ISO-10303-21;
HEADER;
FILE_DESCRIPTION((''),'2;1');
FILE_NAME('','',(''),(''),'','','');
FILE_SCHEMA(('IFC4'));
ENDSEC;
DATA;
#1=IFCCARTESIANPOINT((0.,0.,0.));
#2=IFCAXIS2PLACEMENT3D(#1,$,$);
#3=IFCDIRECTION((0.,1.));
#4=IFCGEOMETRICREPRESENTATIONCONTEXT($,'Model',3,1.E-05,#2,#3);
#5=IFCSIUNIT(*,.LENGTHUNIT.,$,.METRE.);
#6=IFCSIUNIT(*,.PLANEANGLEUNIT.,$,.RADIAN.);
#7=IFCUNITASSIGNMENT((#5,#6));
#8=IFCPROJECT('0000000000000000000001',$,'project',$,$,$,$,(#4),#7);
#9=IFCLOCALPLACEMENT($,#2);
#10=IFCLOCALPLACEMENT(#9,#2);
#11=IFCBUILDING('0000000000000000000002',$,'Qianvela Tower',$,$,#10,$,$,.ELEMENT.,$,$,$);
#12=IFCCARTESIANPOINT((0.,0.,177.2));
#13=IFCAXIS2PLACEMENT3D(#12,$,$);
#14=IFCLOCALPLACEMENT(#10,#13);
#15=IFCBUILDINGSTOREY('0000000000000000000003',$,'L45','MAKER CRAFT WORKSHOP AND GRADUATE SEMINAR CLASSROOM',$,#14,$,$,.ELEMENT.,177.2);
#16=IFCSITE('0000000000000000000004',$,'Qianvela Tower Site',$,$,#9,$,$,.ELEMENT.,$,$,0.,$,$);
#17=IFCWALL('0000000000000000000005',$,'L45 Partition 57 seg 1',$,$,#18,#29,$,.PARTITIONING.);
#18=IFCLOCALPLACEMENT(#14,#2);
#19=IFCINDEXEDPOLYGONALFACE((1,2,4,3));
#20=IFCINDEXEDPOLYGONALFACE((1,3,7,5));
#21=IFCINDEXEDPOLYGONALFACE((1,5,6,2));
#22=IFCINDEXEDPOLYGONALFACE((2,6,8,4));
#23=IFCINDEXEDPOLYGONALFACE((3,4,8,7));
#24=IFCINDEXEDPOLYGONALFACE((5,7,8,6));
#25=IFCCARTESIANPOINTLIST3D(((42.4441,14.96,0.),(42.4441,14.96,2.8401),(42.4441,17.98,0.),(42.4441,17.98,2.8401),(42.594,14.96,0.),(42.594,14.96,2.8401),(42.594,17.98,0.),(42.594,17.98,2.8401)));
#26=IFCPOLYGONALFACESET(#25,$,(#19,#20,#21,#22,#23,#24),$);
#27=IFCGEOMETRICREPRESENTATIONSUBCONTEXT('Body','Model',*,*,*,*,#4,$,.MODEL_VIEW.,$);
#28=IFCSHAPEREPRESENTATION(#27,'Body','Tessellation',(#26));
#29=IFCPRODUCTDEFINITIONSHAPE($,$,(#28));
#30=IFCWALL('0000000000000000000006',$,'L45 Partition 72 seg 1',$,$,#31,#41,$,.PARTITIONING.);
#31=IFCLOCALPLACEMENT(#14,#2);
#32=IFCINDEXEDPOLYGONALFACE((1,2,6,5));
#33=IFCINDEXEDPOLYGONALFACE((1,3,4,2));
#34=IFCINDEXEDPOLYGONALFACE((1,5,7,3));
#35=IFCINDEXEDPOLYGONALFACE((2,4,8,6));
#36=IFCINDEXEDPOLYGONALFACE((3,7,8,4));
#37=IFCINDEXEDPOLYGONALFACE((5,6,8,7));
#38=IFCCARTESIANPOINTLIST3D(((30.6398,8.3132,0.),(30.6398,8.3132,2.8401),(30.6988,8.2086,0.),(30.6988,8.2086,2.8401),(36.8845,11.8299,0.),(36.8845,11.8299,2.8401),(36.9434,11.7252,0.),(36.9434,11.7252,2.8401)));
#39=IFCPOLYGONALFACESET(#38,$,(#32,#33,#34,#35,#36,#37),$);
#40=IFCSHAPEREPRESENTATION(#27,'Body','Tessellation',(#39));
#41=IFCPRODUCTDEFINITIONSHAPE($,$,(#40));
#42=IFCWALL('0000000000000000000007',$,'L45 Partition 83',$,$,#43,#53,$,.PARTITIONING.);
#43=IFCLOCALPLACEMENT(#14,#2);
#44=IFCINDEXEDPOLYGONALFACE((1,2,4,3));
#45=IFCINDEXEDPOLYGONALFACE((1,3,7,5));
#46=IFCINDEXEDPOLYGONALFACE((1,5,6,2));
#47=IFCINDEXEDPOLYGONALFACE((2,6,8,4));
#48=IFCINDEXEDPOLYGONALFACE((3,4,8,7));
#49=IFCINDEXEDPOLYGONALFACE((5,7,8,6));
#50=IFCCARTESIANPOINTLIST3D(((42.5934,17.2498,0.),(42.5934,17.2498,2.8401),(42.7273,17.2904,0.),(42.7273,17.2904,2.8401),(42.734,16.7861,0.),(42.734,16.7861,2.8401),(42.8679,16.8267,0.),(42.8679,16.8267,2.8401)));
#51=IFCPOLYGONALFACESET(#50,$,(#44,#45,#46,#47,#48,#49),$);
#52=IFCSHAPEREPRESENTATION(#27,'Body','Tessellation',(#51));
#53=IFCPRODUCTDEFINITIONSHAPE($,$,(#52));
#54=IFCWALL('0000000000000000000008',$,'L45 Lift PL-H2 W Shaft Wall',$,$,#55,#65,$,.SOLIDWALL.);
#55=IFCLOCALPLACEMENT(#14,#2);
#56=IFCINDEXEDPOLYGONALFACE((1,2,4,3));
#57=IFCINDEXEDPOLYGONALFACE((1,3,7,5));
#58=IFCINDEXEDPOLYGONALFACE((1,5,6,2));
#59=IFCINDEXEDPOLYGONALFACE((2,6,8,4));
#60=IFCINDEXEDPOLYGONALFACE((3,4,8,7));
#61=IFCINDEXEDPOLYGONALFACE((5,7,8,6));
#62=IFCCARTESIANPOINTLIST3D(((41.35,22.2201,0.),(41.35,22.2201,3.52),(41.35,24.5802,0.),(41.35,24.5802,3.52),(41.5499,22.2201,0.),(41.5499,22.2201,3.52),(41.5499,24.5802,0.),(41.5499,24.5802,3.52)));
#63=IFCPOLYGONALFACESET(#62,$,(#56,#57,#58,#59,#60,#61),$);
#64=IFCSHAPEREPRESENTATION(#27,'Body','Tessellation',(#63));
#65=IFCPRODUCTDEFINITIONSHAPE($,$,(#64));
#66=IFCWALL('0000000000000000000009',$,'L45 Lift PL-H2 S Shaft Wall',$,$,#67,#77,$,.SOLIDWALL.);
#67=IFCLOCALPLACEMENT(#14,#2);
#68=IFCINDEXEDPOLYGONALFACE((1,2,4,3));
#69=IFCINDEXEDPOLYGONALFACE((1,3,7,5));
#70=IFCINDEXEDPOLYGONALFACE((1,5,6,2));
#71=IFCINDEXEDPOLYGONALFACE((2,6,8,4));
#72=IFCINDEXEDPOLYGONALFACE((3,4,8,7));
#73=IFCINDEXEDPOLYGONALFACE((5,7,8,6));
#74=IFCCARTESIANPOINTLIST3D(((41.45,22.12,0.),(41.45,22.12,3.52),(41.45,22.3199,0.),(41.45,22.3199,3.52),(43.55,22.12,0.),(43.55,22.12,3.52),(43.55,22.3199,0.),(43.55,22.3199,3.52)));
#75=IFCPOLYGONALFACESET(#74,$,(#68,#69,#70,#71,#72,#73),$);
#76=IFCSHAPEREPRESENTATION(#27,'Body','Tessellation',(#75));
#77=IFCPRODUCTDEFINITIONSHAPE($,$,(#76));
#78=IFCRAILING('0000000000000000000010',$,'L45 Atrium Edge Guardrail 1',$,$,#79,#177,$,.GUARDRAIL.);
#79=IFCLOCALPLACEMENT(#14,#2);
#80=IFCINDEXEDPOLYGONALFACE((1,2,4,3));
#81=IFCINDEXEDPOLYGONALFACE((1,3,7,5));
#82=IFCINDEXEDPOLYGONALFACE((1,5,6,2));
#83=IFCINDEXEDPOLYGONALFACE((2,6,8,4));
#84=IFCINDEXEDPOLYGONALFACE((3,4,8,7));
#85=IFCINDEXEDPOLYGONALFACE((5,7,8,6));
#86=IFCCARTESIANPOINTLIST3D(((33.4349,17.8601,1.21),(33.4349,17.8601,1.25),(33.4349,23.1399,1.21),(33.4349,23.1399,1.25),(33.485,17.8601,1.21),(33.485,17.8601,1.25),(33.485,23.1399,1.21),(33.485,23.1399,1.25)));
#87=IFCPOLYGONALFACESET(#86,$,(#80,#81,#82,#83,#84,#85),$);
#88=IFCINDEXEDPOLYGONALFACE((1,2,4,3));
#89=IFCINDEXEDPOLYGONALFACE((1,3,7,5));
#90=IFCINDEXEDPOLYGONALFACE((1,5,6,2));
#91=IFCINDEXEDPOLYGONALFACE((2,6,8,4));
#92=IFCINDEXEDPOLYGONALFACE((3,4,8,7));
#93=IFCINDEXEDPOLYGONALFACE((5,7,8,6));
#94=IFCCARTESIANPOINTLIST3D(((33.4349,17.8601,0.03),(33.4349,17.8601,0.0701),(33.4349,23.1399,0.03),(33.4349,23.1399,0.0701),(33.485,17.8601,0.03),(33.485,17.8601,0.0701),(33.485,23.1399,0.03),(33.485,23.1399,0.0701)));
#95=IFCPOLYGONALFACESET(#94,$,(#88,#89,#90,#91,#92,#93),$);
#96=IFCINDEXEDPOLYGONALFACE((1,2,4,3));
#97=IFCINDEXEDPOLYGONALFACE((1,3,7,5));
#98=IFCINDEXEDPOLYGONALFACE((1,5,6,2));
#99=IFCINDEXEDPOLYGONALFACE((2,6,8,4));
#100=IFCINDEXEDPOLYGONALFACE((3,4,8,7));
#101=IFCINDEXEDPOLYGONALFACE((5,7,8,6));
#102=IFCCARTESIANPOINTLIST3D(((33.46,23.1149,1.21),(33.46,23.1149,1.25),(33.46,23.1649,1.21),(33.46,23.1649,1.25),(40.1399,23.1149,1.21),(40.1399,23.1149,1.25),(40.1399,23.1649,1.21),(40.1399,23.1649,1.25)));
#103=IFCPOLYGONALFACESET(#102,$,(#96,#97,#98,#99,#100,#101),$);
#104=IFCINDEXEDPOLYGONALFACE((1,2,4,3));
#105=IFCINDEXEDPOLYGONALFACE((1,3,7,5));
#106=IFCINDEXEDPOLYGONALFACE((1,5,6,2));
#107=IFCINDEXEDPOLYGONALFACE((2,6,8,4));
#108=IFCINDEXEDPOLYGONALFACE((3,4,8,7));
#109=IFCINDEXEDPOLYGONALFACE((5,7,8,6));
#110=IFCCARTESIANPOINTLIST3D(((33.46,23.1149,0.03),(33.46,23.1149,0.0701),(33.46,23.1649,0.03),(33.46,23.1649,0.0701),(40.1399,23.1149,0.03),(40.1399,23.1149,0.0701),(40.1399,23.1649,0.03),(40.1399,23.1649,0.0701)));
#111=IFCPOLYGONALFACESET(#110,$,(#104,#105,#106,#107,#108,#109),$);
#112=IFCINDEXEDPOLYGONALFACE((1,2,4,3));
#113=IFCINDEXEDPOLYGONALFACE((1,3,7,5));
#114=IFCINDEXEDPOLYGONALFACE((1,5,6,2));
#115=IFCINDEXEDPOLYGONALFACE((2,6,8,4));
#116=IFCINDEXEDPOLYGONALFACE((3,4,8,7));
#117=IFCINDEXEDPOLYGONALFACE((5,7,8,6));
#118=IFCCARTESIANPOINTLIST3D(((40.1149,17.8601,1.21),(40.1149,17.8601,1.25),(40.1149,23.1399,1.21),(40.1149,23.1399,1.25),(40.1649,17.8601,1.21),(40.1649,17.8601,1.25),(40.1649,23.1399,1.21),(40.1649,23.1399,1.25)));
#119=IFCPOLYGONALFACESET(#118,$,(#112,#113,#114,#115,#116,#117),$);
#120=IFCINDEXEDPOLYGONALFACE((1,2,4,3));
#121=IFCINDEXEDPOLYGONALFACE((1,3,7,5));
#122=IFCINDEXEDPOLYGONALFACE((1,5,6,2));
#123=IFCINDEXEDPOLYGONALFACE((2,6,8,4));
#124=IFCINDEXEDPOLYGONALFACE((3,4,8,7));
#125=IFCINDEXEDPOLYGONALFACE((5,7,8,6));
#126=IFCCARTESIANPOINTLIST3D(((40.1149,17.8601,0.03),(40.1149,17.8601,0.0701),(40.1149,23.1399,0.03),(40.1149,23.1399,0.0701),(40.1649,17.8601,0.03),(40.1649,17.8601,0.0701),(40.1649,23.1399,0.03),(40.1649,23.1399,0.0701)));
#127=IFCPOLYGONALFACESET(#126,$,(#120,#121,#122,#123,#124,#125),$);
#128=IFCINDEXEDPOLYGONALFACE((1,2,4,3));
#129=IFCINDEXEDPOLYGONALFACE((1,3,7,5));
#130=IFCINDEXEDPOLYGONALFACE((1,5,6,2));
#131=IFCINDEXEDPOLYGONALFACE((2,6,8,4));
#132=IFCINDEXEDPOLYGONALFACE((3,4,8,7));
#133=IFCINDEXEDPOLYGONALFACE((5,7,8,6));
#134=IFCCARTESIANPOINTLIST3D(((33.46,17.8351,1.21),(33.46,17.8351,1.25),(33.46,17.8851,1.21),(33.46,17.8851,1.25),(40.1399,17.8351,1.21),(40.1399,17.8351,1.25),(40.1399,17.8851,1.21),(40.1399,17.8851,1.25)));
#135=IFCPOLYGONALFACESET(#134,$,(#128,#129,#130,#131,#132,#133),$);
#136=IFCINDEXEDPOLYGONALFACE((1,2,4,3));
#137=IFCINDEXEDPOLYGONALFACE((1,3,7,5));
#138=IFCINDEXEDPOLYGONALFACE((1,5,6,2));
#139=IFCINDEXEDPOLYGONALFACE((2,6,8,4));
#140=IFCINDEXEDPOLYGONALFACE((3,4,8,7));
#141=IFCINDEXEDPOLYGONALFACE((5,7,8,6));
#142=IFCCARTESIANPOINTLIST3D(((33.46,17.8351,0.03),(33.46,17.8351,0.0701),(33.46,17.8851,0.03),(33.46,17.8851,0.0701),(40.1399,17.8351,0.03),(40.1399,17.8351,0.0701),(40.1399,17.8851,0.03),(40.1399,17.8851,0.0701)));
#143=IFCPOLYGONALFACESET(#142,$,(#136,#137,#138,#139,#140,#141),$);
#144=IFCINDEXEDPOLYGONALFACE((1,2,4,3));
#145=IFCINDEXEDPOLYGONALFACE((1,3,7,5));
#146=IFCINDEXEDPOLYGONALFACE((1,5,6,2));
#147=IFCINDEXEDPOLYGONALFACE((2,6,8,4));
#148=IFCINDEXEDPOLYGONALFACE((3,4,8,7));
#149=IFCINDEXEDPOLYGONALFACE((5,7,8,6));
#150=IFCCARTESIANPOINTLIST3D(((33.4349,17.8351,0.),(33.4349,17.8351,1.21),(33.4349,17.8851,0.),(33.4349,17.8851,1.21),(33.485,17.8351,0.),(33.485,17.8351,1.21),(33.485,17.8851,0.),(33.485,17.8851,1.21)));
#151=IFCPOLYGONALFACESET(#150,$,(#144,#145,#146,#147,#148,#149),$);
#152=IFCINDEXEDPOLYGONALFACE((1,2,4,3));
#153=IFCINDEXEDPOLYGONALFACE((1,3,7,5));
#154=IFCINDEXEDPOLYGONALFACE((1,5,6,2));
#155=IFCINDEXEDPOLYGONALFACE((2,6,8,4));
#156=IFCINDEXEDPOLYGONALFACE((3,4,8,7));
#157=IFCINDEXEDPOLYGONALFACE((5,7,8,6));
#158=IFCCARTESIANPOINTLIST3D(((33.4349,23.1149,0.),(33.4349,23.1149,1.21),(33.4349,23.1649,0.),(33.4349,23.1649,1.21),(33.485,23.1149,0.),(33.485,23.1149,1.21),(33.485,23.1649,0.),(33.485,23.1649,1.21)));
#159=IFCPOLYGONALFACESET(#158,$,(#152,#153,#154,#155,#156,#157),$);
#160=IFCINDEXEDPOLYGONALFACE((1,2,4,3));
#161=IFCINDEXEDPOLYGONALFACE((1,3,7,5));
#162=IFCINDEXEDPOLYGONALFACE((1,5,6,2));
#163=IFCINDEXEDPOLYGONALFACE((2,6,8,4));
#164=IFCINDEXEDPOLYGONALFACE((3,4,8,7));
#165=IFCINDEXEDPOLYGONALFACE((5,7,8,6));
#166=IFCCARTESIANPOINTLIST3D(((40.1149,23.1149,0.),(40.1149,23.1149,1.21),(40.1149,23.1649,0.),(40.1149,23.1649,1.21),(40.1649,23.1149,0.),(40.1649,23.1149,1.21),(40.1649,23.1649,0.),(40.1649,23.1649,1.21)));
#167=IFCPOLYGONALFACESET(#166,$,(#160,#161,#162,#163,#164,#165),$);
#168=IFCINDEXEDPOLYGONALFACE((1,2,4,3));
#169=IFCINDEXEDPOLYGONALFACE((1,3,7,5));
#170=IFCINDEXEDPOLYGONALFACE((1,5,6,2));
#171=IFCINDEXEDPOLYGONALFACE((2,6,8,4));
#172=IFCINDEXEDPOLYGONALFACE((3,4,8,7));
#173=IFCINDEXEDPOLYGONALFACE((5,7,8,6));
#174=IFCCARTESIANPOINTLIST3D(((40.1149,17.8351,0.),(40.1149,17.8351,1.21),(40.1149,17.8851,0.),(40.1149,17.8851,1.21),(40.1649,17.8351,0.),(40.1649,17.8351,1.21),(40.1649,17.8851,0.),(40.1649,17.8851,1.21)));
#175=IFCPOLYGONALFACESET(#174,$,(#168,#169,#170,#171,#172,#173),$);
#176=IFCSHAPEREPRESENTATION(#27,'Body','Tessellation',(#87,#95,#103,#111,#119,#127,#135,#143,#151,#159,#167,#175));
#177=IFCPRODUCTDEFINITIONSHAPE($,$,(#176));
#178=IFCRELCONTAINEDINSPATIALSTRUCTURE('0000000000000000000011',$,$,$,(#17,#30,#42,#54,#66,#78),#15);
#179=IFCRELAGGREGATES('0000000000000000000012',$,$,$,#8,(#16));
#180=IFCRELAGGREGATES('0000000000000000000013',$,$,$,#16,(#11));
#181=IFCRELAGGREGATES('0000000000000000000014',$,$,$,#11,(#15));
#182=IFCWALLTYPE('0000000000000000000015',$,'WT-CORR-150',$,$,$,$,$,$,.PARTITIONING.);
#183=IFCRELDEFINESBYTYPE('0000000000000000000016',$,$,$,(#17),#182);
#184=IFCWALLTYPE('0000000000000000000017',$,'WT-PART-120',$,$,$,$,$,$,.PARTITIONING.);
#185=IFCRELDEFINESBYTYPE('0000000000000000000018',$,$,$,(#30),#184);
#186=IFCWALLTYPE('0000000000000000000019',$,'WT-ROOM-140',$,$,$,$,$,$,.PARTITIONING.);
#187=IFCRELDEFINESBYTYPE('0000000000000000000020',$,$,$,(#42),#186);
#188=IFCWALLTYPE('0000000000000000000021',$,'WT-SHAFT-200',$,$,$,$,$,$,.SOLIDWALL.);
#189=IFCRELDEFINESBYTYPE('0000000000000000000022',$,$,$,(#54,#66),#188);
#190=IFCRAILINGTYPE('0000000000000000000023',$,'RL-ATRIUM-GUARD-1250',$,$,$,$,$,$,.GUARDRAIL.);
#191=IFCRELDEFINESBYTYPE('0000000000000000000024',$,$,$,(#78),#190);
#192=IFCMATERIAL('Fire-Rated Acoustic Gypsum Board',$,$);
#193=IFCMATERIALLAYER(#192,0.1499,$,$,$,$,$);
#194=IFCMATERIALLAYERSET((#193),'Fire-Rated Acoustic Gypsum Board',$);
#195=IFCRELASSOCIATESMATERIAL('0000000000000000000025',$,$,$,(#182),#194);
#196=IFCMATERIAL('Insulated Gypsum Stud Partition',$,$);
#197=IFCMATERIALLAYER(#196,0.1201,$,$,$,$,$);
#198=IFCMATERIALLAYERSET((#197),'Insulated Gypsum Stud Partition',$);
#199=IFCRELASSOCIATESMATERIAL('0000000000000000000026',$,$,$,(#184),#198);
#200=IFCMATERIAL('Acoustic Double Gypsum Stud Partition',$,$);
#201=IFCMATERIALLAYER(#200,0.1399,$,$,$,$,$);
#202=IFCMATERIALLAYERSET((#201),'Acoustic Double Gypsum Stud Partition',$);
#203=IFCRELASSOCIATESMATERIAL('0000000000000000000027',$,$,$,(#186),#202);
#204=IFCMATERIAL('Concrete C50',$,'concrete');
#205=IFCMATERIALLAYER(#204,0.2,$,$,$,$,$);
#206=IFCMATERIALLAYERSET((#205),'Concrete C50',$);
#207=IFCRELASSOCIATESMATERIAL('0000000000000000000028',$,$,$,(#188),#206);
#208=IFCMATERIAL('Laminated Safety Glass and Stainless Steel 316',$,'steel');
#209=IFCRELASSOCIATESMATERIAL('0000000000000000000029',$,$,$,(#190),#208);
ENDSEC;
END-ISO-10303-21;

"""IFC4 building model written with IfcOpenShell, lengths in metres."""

from ifc_helpers import new_model, si_unit, direction, frame, frame_2d, origin, origin_2d, place, context, subcontext, project, spatial, rectangle, extrude, material, layer, layer_set, type_object, element, save


model = new_model("IFC4")

# Units and contexts
model_context = context("Model", 3, precision=1e-05, world=origin(), true_north=direction((0.0, 1.0)))
body_context = subcontext(model_context, "Body", "Model", "MODEL_VIEW")
ifc_project = project(units=[si_unit("LENGTHUNIT", "METRE"), si_unit("PLANEANGLEUNIT", "RADIAN")], contexts=[model_context])

# Site, building, storey
site_placement = place(None, origin())
site = spatial("IfcSite", under=ifc_project, at=site_placement, Name="Qianvela Tower Site", CompositionType="ELEMENT", RefElevation=0.0)
building_placement = place(site_placement, origin())
building = spatial("IfcBuilding", under=site, at=building_placement, Name="Qianvela Tower", CompositionType="ELEMENT")
storey_placement = place(building_placement, frame((0.0, 0.0, 177.2)))
storey = spatial("IfcBuildingStorey", under=building, at=storey_placement, Name="L45", Description="MAKER CRAFT WORKSHOP AND GRADUATE SEMINAR CLASSROOM", CompositionType="ELEMENT", Elevation=177.2)

# Shared definitions
ifc_material_1 = material(Name="Fire-Rated Acoustic Gypsum Board")
ifc_layer_1 = layer(ifc_material_1, 0.1499)
ifc_layer_set_1 = layer_set([ifc_layer_1], Name="Fire-Rated Acoustic Gypsum Board")
wall_type_1 = type_object("IfcWallType", Name="WT-CORR-150", PredefinedType="PARTITIONING", material=ifc_layer_set_1)

# Walls
wall_1_placement = place(storey_placement, frame((42.519, 17.98, 0.0), z_axis=(0.0, 0.0, 1.0), x_axis=(0.0, -1.0, 0.0)))
element("IfcWall", 1, at=wall_1_placement, inside=storey, type_object=wall_type_1, Name="L45 Partition 57 seg 1", PredefinedType="PARTITIONING", context=body_context, shape_type="SweptSolid", body=[
    extrude(rectangle(XDim=3.02, YDim=0.1499, at=frame_2d((1.51, 0.0))), origin(), (0.0, 0.0, 1.0), 2.8401),
])
ifc_material_2 = material(Name="Insulated Gypsum Stud Partition")
ifc_layer_2 = layer(ifc_material_2, 0.1201)
ifc_layer_set_2 = layer_set([ifc_layer_2], Name="Insulated Gypsum Stud Partition")
wall_type_2 = type_object("IfcWallType", Name="WT-PART-120", PredefinedType="PARTITIONING", material=ifc_layer_set_2)
wall_2_placement = place(storey_placement, frame((36.9141, 11.7776, 0.0), z_axis=(0.0, 0.0, 1.0), x_axis=(-0.871337, -0.490685, 0.0)))
element("IfcWall", 2, at=wall_2_placement, inside=storey, type_object=wall_type_2, Name="L45 Partition 72 seg 1", PredefinedType="PARTITIONING", context=body_context, shape_type="SweptSolid", body=[
    extrude(rectangle(XDim=7.1667, YDim=0.1201, at=frame_2d((3.5835, 0.0))), origin(), (0.0, 0.0, 1.0), 2.8401),
])
ifc_material_3 = material(Name="Acoustic Double Gypsum Stud Partition")
ifc_layer_3 = layer(ifc_material_3, 0.1399)
ifc_layer_set_3 = layer_set([ifc_layer_3], Name="Acoustic Double Gypsum Stud Partition")
wall_type_3 = type_object("IfcWallType", Name="WT-ROOM-140", PredefinedType="PARTITIONING", material=ifc_layer_set_3)
wall_3_placement = place(storey_placement, frame((42.6604, 17.27, 0.0), z_axis=(0.0, 0.0, 1.0), x_axis=(0.290119, -0.956991, 0.0)))
element("IfcWall", 3, at=wall_3_placement, inside=storey, type_object=wall_type_3, Name="L45 Partition 83", PredefinedType="PARTITIONING", context=body_context, shape_type="SweptSolid", body=[
    extrude(rectangle(XDim=0.4846, YDim=0.1399, at=frame_2d((0.2422, 0.0))), origin(), (0.0, 0.0, 1.0), 2.8401),
])
ifc_material_4 = material(Name="Concrete C50", Category="concrete")
ifc_layer_4 = layer(ifc_material_4, 0.2)
ifc_layer_set_4 = layer_set([ifc_layer_4], Name="Concrete C50")
wall_type_4 = type_object("IfcWallType", Name="WT-SHAFT-200", PredefinedType="SOLIDWALL", material=ifc_layer_set_4)
wall_4_placement = place(storey_placement, frame((41.45, 22.22, 0.0), z_axis=(0.0, 0.0, 1.0), x_axis=(0.0, 1.0, 0.0)))
element("IfcWall", 4, at=wall_4_placement, inside=storey, type_object=wall_type_4, Name="L45 Lift PL-H2 W Shaft Wall", PredefinedType="SOLIDWALL", context=body_context, shape_type="SweptSolid", body=[
    extrude(rectangle(XDim=2.3601, YDim=0.2, at=frame_2d((1.1802, 0.0))), origin(), (0.0, 0.0, 1.0), 3.52),
])
wall_5_placement = place(storey_placement, frame((41.45, 22.22, 0.0), z_axis=(0.0, 0.0, 1.0), x_axis=(1.0, 0.0, 0.0)))
element("IfcWall", 5, at=wall_5_placement, inside=storey, type_object=wall_type_4, Name="L45 Lift PL-H2 S Shaft Wall", PredefinedType="SOLIDWALL", context=body_context, shape_type="SweptSolid", body=[
    extrude(rectangle(XDim=2.1001, YDim=0.2, at=frame_2d((1.05, 0.0))), origin(), (0.0, 0.0, 1.0), 3.52),
])

# Railing
ifc_material_5 = material(Name="Laminated Safety Glass and Stainless Steel 316", Category="steel")
railing_type = type_object("IfcRailingType", Name="RL-ATRIUM-GUARD-1250", PredefinedType="GUARDRAIL", material=ifc_material_5)
railing_placement = place(storey_placement, frame((33.46, 17.8601, 0.0)))
element("IfcRailing", 6, at=railing_placement, inside=storey, type_object=railing_type, Name="L45 Atrium Edge Guardrail 1", PredefinedType="GUARDRAIL", context=body_context, shape_type="SweptSolid", body=[
    extrude(rectangle(XDim=0.05, YDim=0.04, at=origin_2d()), frame((0.0, 0.0, 1.23), z_axis=(0.0, 1.0, 0.0), x_axis=(-1.0, 0.0, 0.0)), (0.0, 0.0, 1.0), 5.2798),
    extrude(rectangle(XDim=0.05, YDim=0.04, at=origin_2d()), frame((0.0, 0.0, 0.05), z_axis=(0.0, 1.0, 0.0), x_axis=(-1.0, 0.0, 0.0)), (0.0, 0.0, 1.0), 5.2798),
    extrude(rectangle(XDim=0.05, YDim=0.04, at=origin_2d()), frame((0.0, 5.2798, 1.23), z_axis=(1.0, 0.0, 0.0), x_axis=(0.0, 1.0, 0.0)), (0.0, 0.0, 1.0), 6.6799),
    extrude(rectangle(XDim=0.05, YDim=0.04, at=origin_2d()), frame((0.0, 5.2798, 0.05), z_axis=(1.0, 0.0, 0.0), x_axis=(0.0, 1.0, 0.0)), (0.0, 0.0, 1.0), 6.6799),
    extrude(rectangle(XDim=0.05, YDim=0.04, at=origin_2d()), frame((6.6799, 5.2798, 1.23), z_axis=(0.0, -1.0, 0.0), x_axis=(1.0, 0.0, 0.0)), (0.0, 0.0, 1.0), 5.2798),
    extrude(rectangle(XDim=0.05, YDim=0.04, at=origin_2d()), frame((6.6799, 5.2798, 0.05), z_axis=(0.0, -1.0, 0.0), x_axis=(1.0, 0.0, 0.0)), (0.0, 0.0, 1.0), 5.2798),
    extrude(rectangle(XDim=0.05, YDim=0.04, at=origin_2d()), frame((6.6799, 0.0, 1.23), z_axis=(-1.0, 0.0, 0.0), x_axis=(0.0, -1.0, 0.0)), (0.0, 0.0, 1.0), 6.6799),
    extrude(rectangle(XDim=0.05, YDim=0.04, at=origin_2d()), frame((6.6799, 0.0, 0.05), z_axis=(-1.0, 0.0, 0.0), x_axis=(0.0, -1.0, 0.0)), (0.0, 0.0, 1.0), 6.6799),
    extrude(rectangle(XDim=0.05, YDim=0.05, at=origin_2d()), origin(), (0.0, 0.0, 1.0), 1.21),
    extrude(rectangle(XDim=0.05, YDim=0.05, at=origin_2d()), frame((0.0, 5.2798, 0.0)), (0.0, 0.0, 1.0), 1.21),
    extrude(rectangle(XDim=0.05, YDim=0.05, at=origin_2d()), frame((6.6799, 5.2798, 0.0)), (0.0, 0.0, 1.0), 1.21),
    extrude(rectangle(XDim=0.05, YDim=0.05, at=origin_2d()), frame((6.6799, 0.0, 0.0)), (0.0, 0.0, 1.0), 1.21),
])

save(model, "model.ifc")
